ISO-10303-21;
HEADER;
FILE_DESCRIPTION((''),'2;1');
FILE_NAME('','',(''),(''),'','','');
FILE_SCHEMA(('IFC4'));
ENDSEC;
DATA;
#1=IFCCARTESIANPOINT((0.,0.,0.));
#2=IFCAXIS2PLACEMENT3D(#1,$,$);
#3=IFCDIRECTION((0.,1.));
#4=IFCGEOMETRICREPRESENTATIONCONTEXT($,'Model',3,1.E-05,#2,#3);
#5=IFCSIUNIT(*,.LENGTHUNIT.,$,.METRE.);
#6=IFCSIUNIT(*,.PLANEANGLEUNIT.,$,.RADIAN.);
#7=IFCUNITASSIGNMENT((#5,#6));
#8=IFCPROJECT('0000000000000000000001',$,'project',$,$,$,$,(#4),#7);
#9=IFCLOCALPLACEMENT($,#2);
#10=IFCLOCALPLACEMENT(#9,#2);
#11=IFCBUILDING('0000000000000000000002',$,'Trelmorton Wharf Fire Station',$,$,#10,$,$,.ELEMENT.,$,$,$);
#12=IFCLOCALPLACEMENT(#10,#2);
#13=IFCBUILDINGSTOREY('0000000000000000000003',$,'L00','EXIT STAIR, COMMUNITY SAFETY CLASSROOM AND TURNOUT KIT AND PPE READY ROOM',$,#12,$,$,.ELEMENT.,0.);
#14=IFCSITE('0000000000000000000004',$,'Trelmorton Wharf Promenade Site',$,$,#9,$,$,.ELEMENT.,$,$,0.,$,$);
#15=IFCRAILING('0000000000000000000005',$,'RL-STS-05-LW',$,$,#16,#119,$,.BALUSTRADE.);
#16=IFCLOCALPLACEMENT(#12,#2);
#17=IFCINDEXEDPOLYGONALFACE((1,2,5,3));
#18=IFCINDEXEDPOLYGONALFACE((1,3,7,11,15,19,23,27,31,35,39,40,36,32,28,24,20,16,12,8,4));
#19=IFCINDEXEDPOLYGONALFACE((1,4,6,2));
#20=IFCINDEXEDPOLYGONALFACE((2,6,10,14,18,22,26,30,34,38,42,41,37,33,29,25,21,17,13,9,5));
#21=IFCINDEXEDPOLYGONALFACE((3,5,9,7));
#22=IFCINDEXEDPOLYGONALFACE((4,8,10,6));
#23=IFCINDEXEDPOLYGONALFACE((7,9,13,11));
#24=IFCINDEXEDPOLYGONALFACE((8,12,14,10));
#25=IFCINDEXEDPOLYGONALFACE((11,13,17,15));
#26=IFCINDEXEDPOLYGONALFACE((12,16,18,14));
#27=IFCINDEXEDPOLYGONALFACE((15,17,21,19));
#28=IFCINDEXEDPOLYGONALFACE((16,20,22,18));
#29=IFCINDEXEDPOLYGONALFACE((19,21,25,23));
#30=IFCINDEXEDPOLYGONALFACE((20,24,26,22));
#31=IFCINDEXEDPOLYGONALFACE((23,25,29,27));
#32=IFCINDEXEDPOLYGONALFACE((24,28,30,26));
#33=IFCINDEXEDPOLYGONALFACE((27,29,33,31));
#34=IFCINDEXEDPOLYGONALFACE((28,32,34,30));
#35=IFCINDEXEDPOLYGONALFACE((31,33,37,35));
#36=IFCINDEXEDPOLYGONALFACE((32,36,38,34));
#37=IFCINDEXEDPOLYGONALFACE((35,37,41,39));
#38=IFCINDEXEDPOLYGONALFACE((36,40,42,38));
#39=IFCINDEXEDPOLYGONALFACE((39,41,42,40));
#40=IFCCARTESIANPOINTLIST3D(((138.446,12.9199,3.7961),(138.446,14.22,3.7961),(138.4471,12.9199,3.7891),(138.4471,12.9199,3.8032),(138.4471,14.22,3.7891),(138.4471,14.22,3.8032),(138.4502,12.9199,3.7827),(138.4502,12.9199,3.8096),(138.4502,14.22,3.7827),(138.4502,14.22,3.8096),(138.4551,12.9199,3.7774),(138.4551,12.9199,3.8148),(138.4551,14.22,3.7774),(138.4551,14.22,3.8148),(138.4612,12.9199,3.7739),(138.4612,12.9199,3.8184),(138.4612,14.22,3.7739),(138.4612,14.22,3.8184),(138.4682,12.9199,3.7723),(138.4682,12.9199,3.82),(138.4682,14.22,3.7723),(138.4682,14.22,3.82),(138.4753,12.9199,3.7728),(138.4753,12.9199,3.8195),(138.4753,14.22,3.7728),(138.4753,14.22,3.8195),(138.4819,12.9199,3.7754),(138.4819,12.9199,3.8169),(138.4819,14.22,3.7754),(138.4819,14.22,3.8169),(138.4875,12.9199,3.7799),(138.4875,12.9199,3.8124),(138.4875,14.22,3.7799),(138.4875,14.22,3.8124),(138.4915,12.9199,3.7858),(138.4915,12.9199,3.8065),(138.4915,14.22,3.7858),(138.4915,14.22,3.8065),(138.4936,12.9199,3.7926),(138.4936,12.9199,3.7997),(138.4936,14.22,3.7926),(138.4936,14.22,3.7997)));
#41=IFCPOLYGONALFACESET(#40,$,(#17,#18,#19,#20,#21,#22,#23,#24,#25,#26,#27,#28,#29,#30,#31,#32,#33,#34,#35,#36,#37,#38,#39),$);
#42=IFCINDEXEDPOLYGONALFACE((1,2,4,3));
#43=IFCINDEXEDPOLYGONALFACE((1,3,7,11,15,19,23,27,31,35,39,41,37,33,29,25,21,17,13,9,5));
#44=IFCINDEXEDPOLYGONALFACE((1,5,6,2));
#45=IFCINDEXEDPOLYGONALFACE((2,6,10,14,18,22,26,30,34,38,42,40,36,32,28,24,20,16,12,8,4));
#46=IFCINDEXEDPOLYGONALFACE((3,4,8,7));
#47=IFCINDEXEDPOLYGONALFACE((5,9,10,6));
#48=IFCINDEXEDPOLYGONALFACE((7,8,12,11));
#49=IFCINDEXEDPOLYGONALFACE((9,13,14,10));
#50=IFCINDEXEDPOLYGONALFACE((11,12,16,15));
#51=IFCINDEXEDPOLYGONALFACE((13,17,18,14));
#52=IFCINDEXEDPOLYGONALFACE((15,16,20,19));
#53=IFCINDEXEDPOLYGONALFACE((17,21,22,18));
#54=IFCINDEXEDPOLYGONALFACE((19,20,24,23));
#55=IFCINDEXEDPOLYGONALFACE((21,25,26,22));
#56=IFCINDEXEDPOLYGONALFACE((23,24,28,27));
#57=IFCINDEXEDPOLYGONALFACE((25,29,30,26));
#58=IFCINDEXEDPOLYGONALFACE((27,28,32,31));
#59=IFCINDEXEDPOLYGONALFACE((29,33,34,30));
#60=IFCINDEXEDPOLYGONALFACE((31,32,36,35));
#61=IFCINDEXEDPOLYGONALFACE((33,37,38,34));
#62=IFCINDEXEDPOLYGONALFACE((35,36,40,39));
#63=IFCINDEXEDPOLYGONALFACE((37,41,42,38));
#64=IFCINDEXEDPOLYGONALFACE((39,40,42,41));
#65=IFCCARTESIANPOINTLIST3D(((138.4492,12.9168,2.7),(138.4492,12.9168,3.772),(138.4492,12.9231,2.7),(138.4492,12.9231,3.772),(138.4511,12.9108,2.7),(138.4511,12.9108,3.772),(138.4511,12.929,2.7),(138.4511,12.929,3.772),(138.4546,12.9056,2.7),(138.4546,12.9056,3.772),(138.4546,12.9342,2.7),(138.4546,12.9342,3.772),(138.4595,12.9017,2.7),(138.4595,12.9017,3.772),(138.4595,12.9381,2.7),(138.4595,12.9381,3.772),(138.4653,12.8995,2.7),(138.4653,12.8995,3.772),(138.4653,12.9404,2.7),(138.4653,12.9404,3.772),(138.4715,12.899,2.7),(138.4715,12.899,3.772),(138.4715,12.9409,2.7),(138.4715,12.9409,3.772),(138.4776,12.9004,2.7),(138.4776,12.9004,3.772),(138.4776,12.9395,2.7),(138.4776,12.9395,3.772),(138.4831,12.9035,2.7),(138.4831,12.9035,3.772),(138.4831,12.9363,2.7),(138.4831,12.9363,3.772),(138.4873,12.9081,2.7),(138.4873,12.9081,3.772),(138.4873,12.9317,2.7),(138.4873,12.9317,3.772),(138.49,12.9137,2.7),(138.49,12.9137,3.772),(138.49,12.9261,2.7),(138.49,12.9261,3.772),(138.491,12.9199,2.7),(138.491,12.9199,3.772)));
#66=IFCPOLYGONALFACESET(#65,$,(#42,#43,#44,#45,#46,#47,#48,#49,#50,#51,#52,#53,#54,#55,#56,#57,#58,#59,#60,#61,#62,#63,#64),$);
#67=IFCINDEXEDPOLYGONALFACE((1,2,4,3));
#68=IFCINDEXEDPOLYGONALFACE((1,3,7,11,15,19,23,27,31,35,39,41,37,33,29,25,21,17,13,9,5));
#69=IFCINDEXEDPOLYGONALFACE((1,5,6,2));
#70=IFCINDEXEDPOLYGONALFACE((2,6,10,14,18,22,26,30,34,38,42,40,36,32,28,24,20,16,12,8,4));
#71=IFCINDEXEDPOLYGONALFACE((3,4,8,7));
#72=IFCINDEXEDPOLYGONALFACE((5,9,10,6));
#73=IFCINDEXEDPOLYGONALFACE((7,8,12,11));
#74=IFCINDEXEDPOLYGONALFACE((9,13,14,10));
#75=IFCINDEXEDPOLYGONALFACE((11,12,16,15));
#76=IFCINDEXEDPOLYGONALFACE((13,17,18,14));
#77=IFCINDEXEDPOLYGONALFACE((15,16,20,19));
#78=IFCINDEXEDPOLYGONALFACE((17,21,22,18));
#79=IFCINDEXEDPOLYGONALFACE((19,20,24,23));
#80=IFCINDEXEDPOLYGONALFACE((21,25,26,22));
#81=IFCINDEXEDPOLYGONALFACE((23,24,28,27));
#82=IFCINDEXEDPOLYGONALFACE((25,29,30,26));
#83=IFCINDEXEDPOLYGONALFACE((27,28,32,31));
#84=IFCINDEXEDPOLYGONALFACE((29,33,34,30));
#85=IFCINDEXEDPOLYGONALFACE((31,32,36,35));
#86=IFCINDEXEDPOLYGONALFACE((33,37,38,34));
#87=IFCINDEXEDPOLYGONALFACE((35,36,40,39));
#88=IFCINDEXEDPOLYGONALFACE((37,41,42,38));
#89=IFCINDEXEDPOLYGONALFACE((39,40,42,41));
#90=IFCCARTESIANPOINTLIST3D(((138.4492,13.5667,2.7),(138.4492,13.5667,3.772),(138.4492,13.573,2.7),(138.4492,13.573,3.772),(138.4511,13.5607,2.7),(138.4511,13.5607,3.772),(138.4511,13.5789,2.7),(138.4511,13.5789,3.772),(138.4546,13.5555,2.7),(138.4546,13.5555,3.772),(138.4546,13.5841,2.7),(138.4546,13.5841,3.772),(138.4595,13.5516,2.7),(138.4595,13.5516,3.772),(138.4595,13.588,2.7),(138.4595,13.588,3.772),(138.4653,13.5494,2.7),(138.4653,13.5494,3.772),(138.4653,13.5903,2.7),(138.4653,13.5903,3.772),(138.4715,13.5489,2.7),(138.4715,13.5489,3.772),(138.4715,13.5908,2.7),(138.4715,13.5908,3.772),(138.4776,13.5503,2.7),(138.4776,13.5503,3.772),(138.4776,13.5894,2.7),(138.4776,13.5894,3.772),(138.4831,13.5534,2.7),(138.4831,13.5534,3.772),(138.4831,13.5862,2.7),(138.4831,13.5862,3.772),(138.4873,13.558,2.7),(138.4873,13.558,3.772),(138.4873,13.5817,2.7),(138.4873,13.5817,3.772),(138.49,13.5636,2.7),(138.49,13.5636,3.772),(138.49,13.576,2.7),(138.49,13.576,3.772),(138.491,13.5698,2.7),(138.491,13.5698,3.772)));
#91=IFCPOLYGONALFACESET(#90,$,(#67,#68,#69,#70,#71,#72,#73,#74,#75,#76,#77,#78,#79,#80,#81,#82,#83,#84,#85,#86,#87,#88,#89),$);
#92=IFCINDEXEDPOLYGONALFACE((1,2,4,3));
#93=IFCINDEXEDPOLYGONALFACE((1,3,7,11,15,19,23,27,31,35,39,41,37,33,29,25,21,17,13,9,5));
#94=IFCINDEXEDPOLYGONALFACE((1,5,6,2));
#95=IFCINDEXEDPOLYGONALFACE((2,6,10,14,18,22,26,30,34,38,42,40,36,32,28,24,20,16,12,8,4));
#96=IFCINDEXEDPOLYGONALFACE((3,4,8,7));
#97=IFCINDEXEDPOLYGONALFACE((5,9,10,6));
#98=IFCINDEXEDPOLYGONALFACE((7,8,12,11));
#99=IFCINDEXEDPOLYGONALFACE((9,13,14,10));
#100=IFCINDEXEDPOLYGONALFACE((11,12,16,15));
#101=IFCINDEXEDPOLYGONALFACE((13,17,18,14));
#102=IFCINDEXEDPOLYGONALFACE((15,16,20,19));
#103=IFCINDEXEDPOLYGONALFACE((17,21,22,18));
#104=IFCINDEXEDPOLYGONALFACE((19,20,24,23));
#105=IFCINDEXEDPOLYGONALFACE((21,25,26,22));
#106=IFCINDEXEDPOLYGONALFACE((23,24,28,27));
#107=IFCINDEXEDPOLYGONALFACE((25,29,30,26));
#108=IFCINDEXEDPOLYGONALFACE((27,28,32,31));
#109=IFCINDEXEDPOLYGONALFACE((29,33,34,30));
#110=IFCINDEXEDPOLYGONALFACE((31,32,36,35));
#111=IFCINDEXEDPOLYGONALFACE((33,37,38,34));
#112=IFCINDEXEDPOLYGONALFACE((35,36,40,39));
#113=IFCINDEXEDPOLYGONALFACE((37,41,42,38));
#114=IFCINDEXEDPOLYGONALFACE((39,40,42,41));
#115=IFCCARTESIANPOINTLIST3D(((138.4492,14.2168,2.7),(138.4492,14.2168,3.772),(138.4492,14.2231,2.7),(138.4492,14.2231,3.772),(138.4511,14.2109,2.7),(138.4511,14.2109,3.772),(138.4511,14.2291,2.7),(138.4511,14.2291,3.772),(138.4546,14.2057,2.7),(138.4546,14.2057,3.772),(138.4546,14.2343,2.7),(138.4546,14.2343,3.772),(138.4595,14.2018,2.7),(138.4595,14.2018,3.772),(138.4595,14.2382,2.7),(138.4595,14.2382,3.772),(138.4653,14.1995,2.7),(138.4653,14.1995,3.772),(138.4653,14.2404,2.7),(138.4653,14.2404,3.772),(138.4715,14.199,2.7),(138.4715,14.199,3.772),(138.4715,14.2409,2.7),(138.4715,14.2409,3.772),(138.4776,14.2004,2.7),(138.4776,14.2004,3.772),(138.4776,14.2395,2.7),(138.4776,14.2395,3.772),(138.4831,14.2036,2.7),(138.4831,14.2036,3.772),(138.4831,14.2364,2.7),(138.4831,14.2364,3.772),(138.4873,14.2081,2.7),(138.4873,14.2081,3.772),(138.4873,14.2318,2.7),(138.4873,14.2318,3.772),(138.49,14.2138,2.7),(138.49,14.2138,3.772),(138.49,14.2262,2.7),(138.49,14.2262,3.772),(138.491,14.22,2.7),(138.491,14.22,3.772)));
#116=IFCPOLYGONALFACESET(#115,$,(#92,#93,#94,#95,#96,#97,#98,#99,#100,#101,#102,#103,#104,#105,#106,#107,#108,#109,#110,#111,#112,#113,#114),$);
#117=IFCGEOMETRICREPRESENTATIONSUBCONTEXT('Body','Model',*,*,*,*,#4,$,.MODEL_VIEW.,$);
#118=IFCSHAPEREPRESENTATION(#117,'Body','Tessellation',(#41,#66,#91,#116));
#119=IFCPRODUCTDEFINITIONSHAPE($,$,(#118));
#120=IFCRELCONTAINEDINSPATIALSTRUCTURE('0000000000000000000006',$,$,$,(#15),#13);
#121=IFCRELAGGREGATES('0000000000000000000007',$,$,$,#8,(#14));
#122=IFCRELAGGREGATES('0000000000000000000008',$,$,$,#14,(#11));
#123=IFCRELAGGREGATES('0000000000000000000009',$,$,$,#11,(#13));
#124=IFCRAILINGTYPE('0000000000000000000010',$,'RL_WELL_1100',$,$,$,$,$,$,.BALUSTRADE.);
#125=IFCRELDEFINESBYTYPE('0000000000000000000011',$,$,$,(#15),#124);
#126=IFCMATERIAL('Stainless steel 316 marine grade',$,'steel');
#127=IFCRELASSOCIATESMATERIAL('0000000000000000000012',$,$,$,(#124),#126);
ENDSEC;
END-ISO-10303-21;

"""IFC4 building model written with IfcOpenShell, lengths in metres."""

from ifc_helpers import new_model, si_unit, direction, frame, origin, origin_2d, place, context, subcontext, project, spatial, circle, extrude, material, type_object, element, save


model = new_model("IFC4")

# Units and contexts
model_context = context("Model", 3, precision=1e-05, world=origin(), true_north=direction((0.0, 1.0)))
body_context = subcontext(model_context, "Body", "Model", "MODEL_VIEW")
ifc_project = project(units=[si_unit("LENGTHUNIT", "METRE"), si_unit("PLANEANGLEUNIT", "RADIAN")], contexts=[model_context])

# Site, building, storey
site_placement = place(None, origin())
site = spatial("IfcSite", under=ifc_project, at=site_placement, Name="Trelmorton Wharf Promenade Site", CompositionType="ELEMENT", RefElevation=0.0)
building_placement = place(site_placement, origin())
building = spatial("IfcBuilding", under=site, at=building_placement, Name="Trelmorton Wharf Fire Station", CompositionType="ELEMENT")
storey_placement = place(building_placement, origin())
storey = spatial("IfcBuildingStorey", under=building, at=storey_placement, Name="L00", Description="EXIT STAIR, COMMUNITY SAFETY CLASSROOM AND TURNOUT KIT AND PPE READY ROOM", CompositionType="ELEMENT", Elevation=0.0)

# Railing
ifc_material_1 = material(Name="Stainless steel 316 marine grade", Category="steel")
railing_type = type_object("IfcRailingType", Name="RL_WELL_1100", PredefinedType="BALUSTRADE", material=ifc_material_1)
railing_1_placement = place(storey_placement, frame((138.47, 12.9199, 2.7)))
element("IfcRailing", 1, at=railing_1_placement, inside=storey, type_object=railing_type, Name="RL-STS-05-LW", PredefinedType="BALUSTRADE", context=body_context, shape_type="SweptSolid", body=[
    extrude(circle(Radius=0.0239, at=origin_2d()), frame((0.0, 0.0, 1.0962), z_axis=(0.0, 1.0, 0.0), x_axis=(-1.0, 0.0, 0.0)), (0.0, 0.0, 1.0), 1.3),
    extrude(circle(Radius=0.021, at=origin_2d()), origin(), (0.0, 0.0, 1.0), 1.072),
    extrude(circle(Radius=0.021, at=origin_2d()), frame((0.0, 0.6499, 0.0)), (0.0, 0.0, 1.0), 1.072),
    extrude(circle(Radius=0.021, at=origin_2d()), frame((0.0, 1.3, 0.0)), (0.0, 0.0, 1.0), 1.072),
])

save(model, "model.ifc")
